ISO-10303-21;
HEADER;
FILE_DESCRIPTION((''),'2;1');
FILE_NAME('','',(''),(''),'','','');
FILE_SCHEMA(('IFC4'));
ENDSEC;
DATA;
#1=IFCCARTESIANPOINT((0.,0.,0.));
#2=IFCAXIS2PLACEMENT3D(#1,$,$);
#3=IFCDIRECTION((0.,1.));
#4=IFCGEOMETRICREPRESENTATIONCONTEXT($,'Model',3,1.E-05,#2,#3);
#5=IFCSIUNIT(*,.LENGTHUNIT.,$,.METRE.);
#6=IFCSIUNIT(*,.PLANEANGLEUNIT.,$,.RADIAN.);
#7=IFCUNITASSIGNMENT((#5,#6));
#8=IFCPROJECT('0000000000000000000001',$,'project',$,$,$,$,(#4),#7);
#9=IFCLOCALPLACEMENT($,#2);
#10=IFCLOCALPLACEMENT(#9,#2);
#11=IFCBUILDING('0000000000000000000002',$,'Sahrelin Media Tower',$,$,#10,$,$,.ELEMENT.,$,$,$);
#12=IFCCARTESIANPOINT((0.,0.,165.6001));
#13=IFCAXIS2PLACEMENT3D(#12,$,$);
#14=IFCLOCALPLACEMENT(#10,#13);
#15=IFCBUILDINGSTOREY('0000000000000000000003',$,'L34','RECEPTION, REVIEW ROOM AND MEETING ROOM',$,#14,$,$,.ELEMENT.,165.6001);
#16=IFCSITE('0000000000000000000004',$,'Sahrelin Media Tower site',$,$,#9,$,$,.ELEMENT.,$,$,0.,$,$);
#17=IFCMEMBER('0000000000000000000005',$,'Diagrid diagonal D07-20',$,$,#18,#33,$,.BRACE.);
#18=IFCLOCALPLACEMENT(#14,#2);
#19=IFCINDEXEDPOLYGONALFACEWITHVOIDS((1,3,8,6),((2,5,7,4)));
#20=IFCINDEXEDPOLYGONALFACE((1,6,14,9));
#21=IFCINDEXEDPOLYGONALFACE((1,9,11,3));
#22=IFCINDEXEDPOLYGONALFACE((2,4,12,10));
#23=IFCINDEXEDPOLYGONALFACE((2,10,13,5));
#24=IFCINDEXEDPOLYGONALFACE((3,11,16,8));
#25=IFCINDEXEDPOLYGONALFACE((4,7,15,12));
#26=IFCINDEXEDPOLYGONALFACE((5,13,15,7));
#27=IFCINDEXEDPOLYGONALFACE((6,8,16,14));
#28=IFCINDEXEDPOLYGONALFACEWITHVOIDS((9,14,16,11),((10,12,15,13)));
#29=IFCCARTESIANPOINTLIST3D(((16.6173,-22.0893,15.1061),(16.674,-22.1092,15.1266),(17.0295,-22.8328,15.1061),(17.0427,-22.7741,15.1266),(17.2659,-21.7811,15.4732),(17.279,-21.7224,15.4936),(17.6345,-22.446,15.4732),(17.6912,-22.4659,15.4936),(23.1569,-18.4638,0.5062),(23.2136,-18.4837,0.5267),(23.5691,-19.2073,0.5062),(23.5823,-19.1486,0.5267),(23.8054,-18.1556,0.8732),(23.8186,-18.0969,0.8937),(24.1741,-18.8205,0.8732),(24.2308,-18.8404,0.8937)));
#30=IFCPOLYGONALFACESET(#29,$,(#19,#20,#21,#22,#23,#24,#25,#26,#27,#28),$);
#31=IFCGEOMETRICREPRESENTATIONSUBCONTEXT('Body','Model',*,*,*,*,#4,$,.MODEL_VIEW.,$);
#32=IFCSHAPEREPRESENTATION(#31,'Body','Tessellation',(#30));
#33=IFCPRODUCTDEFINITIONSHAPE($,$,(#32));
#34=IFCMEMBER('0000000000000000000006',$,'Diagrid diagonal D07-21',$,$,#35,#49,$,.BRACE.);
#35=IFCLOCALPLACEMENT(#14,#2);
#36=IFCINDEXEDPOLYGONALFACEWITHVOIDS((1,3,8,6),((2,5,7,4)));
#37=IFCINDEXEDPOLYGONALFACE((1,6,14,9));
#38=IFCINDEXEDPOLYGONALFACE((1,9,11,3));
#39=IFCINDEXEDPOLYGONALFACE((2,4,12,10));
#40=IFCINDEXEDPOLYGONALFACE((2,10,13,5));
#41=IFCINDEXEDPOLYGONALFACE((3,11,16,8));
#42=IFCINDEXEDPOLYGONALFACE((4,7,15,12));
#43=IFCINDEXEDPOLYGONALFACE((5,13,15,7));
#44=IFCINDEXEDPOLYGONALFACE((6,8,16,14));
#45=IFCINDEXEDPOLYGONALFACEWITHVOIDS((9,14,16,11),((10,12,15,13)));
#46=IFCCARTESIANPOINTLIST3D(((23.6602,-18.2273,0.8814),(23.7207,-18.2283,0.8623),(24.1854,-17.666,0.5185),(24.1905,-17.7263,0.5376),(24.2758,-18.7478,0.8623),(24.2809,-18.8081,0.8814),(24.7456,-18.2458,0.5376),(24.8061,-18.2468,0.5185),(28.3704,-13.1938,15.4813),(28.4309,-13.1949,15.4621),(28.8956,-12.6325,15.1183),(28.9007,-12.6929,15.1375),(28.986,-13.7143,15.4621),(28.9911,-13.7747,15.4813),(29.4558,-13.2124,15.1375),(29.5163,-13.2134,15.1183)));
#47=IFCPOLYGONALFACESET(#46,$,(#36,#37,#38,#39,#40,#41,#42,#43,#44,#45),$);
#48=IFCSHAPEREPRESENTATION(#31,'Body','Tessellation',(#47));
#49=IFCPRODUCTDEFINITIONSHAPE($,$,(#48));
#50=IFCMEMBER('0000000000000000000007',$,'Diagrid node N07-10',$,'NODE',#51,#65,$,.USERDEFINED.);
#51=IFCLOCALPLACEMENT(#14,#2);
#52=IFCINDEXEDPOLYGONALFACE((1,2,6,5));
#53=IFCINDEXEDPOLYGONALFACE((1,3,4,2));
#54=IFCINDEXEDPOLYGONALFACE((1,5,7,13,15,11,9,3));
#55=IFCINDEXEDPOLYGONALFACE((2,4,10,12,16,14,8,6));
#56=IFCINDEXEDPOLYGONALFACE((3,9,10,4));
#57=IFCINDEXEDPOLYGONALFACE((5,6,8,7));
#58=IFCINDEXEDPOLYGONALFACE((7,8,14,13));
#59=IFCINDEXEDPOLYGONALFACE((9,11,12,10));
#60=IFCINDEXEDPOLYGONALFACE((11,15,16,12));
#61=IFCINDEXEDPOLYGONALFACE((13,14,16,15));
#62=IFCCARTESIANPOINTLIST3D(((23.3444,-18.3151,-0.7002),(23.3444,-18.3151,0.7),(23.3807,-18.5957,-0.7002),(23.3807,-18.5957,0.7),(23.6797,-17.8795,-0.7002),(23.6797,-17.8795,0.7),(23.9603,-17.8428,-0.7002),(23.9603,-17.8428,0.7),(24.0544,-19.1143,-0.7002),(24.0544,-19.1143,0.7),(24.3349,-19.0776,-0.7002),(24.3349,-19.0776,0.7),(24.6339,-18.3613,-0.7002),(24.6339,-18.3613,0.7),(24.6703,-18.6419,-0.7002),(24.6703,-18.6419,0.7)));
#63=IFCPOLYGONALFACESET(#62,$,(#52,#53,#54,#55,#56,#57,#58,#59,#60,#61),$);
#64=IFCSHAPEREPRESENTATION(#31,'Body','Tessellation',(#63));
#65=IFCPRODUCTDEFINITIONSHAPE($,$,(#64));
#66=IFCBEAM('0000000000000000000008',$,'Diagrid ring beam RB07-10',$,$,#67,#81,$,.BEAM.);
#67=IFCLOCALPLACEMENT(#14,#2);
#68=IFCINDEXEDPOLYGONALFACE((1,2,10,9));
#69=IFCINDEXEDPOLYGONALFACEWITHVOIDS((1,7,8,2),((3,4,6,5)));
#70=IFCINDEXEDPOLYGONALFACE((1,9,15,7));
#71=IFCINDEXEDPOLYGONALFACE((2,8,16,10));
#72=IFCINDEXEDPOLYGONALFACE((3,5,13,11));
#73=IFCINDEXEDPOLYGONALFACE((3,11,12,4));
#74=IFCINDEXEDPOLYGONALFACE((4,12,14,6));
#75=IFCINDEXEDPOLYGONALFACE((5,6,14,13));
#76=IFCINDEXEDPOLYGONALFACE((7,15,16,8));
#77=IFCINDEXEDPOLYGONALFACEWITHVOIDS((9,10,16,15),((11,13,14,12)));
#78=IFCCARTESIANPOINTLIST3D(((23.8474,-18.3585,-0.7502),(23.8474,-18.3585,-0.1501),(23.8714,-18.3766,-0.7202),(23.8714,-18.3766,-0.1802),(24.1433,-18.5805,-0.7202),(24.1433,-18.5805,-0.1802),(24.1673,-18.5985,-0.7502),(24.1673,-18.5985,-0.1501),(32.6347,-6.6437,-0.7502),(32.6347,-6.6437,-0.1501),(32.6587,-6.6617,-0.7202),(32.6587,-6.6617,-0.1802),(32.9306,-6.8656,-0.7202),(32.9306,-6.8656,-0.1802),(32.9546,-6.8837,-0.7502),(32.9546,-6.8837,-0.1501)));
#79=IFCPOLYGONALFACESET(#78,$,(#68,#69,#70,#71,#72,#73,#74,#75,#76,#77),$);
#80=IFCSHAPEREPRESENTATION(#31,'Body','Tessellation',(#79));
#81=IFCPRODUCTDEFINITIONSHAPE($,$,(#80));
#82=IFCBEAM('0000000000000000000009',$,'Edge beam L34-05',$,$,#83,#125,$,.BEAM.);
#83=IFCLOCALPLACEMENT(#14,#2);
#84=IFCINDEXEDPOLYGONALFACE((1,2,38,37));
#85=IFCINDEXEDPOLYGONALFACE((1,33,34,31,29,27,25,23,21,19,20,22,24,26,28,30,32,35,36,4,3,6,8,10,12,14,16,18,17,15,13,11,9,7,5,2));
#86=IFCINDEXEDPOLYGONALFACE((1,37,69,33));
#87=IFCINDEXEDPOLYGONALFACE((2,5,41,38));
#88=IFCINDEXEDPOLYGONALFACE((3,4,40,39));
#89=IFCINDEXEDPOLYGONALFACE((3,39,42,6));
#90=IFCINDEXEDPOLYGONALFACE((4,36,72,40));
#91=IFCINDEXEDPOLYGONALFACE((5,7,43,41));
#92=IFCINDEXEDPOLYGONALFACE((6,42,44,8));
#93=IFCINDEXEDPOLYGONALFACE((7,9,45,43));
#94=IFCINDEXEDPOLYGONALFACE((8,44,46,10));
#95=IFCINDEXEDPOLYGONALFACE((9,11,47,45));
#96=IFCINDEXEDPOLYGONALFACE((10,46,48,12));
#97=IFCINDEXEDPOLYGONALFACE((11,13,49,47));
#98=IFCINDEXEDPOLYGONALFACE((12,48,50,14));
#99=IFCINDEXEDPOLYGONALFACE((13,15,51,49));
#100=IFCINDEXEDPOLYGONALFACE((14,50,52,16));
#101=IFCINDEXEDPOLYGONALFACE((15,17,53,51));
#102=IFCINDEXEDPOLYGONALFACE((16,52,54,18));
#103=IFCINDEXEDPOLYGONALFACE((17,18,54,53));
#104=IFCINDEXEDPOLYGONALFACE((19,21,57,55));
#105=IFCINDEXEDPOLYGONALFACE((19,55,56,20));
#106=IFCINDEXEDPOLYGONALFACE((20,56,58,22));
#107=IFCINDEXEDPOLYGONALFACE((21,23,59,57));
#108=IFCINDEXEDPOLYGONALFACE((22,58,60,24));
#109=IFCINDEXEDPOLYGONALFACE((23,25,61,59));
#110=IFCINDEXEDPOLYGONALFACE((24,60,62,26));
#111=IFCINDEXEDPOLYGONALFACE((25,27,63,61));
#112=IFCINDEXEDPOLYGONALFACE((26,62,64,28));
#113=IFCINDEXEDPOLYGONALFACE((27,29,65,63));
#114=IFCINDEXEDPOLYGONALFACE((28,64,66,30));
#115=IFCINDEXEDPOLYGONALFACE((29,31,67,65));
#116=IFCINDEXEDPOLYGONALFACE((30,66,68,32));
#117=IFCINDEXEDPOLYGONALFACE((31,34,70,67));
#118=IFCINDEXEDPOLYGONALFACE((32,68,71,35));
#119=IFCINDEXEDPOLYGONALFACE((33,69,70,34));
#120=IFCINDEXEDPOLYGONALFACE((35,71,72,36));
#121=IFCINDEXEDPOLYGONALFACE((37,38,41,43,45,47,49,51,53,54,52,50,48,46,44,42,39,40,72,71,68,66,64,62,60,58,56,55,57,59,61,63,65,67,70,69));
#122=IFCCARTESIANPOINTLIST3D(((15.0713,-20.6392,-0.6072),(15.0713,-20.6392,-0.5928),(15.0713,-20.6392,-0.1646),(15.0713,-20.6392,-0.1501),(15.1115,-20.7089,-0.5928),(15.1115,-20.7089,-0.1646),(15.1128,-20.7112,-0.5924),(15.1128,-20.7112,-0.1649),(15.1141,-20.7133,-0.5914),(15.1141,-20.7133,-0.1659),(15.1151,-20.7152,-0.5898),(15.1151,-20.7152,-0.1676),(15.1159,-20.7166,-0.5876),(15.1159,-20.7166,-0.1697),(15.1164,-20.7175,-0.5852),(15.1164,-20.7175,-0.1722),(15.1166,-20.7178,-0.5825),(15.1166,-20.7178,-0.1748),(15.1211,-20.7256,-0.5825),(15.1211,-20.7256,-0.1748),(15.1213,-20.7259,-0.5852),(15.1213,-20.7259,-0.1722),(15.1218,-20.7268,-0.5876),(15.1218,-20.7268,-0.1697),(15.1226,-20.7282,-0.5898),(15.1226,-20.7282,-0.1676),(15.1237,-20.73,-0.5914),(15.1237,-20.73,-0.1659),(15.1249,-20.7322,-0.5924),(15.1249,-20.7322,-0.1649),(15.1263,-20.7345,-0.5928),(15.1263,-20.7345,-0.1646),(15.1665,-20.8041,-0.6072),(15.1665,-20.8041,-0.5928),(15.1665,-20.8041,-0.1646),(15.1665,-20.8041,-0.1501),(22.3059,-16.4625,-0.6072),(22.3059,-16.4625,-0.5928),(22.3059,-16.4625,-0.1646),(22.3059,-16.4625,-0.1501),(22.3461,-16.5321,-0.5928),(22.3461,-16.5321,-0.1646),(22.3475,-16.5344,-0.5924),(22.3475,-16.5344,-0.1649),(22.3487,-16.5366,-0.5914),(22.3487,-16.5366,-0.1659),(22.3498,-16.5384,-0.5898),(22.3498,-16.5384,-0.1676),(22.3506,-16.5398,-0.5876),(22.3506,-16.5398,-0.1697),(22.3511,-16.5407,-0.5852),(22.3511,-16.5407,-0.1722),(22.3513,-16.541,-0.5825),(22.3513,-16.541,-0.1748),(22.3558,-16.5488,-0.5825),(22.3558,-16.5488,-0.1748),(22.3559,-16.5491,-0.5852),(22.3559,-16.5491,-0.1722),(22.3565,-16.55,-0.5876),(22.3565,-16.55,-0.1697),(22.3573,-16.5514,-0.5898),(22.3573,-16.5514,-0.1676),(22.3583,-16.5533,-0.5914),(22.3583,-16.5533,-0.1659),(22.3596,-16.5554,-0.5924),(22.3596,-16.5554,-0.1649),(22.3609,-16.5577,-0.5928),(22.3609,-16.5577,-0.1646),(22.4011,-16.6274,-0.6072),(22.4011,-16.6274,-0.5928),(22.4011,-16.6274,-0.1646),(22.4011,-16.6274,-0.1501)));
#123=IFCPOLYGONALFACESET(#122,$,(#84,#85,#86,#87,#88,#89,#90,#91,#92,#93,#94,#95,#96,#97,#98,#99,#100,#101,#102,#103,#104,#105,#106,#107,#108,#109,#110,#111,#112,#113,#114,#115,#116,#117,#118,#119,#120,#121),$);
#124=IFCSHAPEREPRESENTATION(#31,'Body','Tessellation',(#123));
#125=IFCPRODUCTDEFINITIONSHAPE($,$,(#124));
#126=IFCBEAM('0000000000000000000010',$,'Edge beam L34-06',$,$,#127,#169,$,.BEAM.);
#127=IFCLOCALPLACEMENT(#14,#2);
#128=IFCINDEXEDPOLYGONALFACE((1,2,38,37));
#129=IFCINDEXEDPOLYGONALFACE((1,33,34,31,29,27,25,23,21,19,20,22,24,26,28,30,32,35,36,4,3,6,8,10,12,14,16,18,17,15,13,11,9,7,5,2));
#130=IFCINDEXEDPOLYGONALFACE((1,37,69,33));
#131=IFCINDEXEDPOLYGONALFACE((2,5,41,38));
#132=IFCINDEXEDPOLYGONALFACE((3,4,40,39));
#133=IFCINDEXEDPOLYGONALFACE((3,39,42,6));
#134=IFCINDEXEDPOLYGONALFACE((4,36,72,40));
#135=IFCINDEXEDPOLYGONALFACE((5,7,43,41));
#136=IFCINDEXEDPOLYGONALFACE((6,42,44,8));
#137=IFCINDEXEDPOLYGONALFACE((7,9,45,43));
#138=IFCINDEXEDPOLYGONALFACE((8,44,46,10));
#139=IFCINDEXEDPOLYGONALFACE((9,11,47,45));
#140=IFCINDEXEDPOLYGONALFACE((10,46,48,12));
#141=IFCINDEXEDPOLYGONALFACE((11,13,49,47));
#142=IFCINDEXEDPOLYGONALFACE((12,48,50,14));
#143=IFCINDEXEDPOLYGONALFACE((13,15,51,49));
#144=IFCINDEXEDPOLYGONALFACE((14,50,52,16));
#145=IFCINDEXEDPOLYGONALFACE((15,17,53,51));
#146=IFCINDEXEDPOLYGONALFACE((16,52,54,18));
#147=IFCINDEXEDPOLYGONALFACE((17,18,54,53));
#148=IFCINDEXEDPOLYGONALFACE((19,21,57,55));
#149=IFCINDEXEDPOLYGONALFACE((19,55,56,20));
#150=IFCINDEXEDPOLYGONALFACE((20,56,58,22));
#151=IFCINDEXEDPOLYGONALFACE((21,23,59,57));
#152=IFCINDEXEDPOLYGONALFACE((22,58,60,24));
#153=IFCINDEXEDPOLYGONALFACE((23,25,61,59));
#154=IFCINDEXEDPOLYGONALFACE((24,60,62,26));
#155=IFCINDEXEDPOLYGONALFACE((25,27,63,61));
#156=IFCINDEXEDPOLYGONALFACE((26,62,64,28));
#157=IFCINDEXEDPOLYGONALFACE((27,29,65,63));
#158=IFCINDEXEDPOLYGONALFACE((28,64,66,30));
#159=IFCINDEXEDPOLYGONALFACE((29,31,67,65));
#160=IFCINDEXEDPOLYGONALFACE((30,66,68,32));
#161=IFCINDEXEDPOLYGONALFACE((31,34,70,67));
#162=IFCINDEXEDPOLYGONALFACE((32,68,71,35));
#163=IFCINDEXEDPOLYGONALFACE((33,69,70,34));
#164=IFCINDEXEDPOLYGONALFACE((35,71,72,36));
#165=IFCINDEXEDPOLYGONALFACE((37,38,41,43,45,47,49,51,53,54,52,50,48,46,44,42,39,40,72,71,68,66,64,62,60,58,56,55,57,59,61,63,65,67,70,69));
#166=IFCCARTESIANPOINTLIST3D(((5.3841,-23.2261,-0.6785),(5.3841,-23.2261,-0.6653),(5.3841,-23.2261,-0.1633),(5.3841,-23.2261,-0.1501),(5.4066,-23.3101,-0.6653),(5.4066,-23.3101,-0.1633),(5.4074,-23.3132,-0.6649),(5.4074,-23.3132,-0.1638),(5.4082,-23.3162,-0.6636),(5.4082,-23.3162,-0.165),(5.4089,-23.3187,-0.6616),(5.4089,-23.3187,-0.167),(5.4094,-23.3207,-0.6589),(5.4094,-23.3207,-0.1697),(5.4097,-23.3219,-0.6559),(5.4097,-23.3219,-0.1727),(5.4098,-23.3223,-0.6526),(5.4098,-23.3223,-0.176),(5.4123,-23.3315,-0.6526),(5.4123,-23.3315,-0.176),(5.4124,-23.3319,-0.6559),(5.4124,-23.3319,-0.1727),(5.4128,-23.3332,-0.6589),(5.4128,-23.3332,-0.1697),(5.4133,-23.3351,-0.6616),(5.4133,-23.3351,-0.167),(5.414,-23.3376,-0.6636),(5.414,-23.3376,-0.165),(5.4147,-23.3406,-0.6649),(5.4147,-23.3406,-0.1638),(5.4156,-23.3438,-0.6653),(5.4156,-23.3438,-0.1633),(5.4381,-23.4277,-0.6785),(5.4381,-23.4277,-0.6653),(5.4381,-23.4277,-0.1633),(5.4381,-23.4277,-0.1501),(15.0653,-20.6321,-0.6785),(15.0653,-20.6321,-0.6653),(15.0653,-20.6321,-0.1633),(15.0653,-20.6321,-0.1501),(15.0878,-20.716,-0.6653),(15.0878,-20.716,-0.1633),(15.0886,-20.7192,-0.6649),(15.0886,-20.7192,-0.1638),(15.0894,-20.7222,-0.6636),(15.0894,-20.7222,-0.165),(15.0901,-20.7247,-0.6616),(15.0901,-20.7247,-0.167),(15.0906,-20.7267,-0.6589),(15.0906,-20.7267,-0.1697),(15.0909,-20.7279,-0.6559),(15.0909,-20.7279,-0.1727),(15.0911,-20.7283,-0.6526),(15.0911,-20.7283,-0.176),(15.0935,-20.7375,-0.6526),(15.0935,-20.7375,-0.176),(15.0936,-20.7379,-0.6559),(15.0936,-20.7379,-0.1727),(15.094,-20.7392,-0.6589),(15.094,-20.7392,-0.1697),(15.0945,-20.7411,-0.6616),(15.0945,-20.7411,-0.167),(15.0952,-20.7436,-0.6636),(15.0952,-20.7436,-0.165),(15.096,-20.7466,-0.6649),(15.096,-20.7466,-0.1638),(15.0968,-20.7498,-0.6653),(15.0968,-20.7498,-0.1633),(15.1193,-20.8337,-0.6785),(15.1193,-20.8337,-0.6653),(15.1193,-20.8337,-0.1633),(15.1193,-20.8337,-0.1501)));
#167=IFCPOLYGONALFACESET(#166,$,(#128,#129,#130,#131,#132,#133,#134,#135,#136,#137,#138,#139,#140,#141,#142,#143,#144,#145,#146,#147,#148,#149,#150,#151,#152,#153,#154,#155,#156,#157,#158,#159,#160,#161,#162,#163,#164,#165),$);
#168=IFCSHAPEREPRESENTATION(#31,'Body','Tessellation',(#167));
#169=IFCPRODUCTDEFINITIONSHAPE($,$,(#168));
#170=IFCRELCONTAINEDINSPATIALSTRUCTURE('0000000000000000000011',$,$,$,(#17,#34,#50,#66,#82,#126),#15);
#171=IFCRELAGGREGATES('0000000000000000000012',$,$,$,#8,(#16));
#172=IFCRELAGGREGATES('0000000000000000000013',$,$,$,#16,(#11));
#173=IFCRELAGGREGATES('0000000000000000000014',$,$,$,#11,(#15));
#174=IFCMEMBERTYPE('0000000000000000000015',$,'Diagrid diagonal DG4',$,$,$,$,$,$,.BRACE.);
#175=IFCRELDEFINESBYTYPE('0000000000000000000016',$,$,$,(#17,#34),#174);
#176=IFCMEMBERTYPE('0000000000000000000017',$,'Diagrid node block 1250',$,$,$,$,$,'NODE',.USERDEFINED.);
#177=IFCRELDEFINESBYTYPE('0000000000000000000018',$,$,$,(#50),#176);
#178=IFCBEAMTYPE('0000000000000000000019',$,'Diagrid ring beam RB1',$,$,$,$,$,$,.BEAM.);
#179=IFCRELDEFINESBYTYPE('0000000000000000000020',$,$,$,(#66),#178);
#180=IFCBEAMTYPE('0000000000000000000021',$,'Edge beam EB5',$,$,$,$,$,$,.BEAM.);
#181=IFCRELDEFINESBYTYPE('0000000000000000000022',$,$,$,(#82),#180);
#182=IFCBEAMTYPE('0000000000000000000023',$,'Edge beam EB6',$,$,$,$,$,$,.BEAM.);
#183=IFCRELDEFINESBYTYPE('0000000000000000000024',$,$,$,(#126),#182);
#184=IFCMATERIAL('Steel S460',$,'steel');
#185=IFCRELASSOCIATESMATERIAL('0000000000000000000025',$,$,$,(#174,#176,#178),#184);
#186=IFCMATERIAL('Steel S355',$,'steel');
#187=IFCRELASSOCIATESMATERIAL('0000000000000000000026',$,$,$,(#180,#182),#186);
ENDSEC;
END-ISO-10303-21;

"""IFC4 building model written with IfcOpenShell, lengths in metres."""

from ifc_helpers import new_model, si_unit, direction, frame, origin, origin_2d, place, context, subcontext, project, spatial, polyline, hollow_rectangle, i_section, outline, extrude, material, material_profile, profile_set, type_object, element, save


model = new_model("IFC4")

# Units and contexts
model_context = context("Model", 3, precision=1e-05, world=origin(), true_north=direction((0.0, 1.0)))
body_context = subcontext(model_context, "Body", "Model", "MODEL_VIEW")
ifc_project = project(units=[si_unit("LENGTHUNIT", "METRE"), si_unit("PLANEANGLEUNIT", "RADIAN")], contexts=[model_context])

# Site, building, storey
site_placement = place(None, origin())
site = spatial("IfcSite", under=ifc_project, at=site_placement, Name="Sahrelin Media Tower site", CompositionType="ELEMENT", RefElevation=0.0)
building_placement = place(site_placement, origin())
building = spatial("IfcBuilding", under=site, at=building_placement, Name="Sahrelin Media Tower", CompositionType="ELEMENT")
storey_placement = place(building_placement, frame((0.0, 0.0, 165.6001)))
storey = spatial("IfcBuildingStorey", under=building, at=storey_placement, Name="L34", Description="RECEPTION, REVIEW ROOM AND MEETING ROOM", CompositionType="ELEMENT", Elevation=165.6001)

# Members
ifc_material_1 = material(Name="Steel S460", Category="steel")
ifc_material_profile_1 = material_profile(ifc_material_1, hollow_rectangle(XDim=0.8501, YDim=0.8501, WallThickness=0.0449, at=origin_2d()), Name="Diagrid diagonal DG4")
ifc_profile_set_1 = profile_set([ifc_material_profile_1], Name="Steel S460")
member_type_1 = type_object("IfcMemberType", Name="Diagrid diagonal DG4", PredefinedType="BRACE", material=ifc_profile_set_1)
member_1_placement = place(storey_placement, frame((23.6938, -18.6521, 0.7), z_axis=(-0.398675, -0.221023, 0.89006), x_axis=(0.484867, -0.874588, 0.0)))
element("IfcMember", 1, at=member_1_placement, inside=storey, type_object=member_type_1, Name="Diagrid diagonal D07-20", PredefinedType="BRACE", context=body_context, shape_type="SweptSolid", body=[
    extrude(hollow_rectangle(XDim=0.8501, YDim=0.8501, WallThickness=0.0449, at=origin_2d()), origin(), (0.0, 0.0, 1.0), 16.4033),
])
member_2_placement = place(storey_placement, frame((24.2332, -18.2371, 0.7), z_axis=(0.291735, 0.311755, 0.904267), x_axis=(-0.730163, 0.683273, 0.0)))
element("IfcMember", 2, at=member_2_placement, inside=storey, type_object=member_type_1, Name="Diagrid diagonal D07-21", PredefinedType="BRACE", context=body_context, shape_type="SweptSolid", body=[
    extrude(hollow_rectangle(XDim=0.8501, YDim=0.8501, WallThickness=0.0449, at=origin_2d()), origin(), (0.0, 0.0, 1.0), 16.1455),
])
ifc_material_profile_2 = material_profile(ifc_material_1, outline(polyline([(0.425, -0.4751), (0.625, -0.2749), (0.625, 0.2749), (0.425, 0.4751), (-0.425, 0.4751), (-0.625, 0.2749), (-0.625, -0.2749), (-0.425, -0.4751), (0.425, -0.4751)])), Name="Diagrid node block 1250")
ifc_profile_set_2 = profile_set([ifc_material_profile_2], Name="Steel S460")
member_type_2 = type_object("IfcMemberType", Name="Diagrid node block 1250", ElementType="NODE", PredefinedType="USERDEFINED", material=ifc_profile_set_2)
member_3_placement = place(storey_placement, frame((24.0073, -18.4785, -0.7002), z_axis=(0.0, 0.0, 1.0), x_axis=(0.792446, -0.609942, 0.0)))
element("IfcMember", 3, at=member_3_placement, inside=storey, type_object=member_type_2, Name="Diagrid node N07-10", ObjectType="NODE", PredefinedType="USERDEFINED", context=body_context, shape_type="SweptSolid", body=[
    extrude(outline(polyline([(0.425, -0.4751), (0.625, -0.2749), (0.625, 0.2749), (0.425, 0.4751), (-0.425, 0.4751), (-0.625, 0.2749), (-0.625, -0.2749), (-0.425, -0.4751), (0.425, -0.4751)])), origin(), (0.0, 0.0, 1.0), 1.4001),
])

# Beams
ifc_material_profile_3 = material_profile(ifc_material_1, hollow_rectangle(XDim=0.3999, YDim=0.6001, WallThickness=0.03, at=origin_2d()), Name="Diagrid ring beam RB1")
ifc_profile_set_3 = profile_set([ifc_material_profile_3], Name="Steel S460")
beam_type_1 = type_object("IfcBeamType", Name="Diagrid ring beam RB1", PredefinedType="BEAM", material=ifc_profile_set_3)
beam_1_placement = place(storey_placement, frame((24.0073, -18.4785, -0.4502), z_axis=(0.600053, 0.79996, 0.0), x_axis=(-0.79996, 0.600053, 0.0)))
element("IfcBeam", 4, at=beam_1_placement, inside=storey, type_object=beam_type_1, Name="Diagrid ring beam RB07-10", PredefinedType="BEAM", context=body_context, shape_type="SweptSolid", body=[
    extrude(hollow_rectangle(XDim=0.3999, YDim=0.6001, WallThickness=0.03, at=origin_2d()), origin(), (0.0, 0.0, 1.0), 14.6443),
])
ifc_material_2 = material(Name="Steel S355", Category="steel")
ifc_material_profile_4 = material_profile(ifc_material_2, i_section(OverallWidth=0.1904, OverallDepth=0.457, WebThickness=0.009, FlangeThickness=0.0144, FilletRadius=0.0103, at=origin_2d()), Name="UB 457x191x74")
ifc_profile_set_4 = profile_set([ifc_material_profile_4], Name="Steel S355")
beam_type_2 = type_object("IfcBeamType", Name="Edge beam EB5", PredefinedType="BEAM", material=ifc_profile_set_4)
beam_2_placement = place(storey_placement, frame((22.3535, -16.5449, -0.3787), z_axis=(-0.866033, -0.499986, 0.0), x_axis=(0.499986, -0.866033, 0.0)))
element("IfcBeam", 5, at=beam_2_placement, inside=storey, type_object=beam_type_2, Name="Edge beam L34-05", PredefinedType="BEAM", context=body_context, shape_type="SweptSolid", body=[
    extrude(i_section(OverallWidth=0.1904, OverallDepth=0.457, WebThickness=0.009, FlangeThickness=0.0144, FilletRadius=0.0103, at=origin_2d()), origin(), (0.0, 0.0, 1.0), 8.3538),
])
ifc_material_profile_5 = material_profile(ifc_material_2, i_section(OverallWidth=0.2087, OverallDepth=0.5283, WebThickness=0.0095, FlangeThickness=0.0132, FilletRadius=0.0127, at=origin_2d()), Name="UB 533x210x82")
ifc_profile_set_5 = profile_set([ifc_material_profile_5], Name="Steel S355")
beam_type_3 = type_object("IfcBeamType", Name="Edge beam EB6", PredefinedType="BEAM", material=ifc_profile_set_5)
beam_3_placement = place(storey_placement, frame((15.0923, -20.7329, -0.4143), z_axis=(-0.965927, -0.258813, 0.0), x_axis=(0.258813, -0.965927, 0.0)))
element("IfcBeam", 6, at=beam_3_placement, inside=storey, type_object=beam_type_3, Name="Edge beam L34-06", PredefinedType="BEAM", context=body_context, shape_type="SweptSolid", body=[
    extrude(i_section(OverallWidth=0.2087, OverallDepth=0.5283, WebThickness=0.0095, FlangeThickness=0.0132, FilletRadius=0.0127, at=origin_2d()), origin(), (0.0, 0.0, 1.0), 10.0227),
])

save(model, "model.ifc")
